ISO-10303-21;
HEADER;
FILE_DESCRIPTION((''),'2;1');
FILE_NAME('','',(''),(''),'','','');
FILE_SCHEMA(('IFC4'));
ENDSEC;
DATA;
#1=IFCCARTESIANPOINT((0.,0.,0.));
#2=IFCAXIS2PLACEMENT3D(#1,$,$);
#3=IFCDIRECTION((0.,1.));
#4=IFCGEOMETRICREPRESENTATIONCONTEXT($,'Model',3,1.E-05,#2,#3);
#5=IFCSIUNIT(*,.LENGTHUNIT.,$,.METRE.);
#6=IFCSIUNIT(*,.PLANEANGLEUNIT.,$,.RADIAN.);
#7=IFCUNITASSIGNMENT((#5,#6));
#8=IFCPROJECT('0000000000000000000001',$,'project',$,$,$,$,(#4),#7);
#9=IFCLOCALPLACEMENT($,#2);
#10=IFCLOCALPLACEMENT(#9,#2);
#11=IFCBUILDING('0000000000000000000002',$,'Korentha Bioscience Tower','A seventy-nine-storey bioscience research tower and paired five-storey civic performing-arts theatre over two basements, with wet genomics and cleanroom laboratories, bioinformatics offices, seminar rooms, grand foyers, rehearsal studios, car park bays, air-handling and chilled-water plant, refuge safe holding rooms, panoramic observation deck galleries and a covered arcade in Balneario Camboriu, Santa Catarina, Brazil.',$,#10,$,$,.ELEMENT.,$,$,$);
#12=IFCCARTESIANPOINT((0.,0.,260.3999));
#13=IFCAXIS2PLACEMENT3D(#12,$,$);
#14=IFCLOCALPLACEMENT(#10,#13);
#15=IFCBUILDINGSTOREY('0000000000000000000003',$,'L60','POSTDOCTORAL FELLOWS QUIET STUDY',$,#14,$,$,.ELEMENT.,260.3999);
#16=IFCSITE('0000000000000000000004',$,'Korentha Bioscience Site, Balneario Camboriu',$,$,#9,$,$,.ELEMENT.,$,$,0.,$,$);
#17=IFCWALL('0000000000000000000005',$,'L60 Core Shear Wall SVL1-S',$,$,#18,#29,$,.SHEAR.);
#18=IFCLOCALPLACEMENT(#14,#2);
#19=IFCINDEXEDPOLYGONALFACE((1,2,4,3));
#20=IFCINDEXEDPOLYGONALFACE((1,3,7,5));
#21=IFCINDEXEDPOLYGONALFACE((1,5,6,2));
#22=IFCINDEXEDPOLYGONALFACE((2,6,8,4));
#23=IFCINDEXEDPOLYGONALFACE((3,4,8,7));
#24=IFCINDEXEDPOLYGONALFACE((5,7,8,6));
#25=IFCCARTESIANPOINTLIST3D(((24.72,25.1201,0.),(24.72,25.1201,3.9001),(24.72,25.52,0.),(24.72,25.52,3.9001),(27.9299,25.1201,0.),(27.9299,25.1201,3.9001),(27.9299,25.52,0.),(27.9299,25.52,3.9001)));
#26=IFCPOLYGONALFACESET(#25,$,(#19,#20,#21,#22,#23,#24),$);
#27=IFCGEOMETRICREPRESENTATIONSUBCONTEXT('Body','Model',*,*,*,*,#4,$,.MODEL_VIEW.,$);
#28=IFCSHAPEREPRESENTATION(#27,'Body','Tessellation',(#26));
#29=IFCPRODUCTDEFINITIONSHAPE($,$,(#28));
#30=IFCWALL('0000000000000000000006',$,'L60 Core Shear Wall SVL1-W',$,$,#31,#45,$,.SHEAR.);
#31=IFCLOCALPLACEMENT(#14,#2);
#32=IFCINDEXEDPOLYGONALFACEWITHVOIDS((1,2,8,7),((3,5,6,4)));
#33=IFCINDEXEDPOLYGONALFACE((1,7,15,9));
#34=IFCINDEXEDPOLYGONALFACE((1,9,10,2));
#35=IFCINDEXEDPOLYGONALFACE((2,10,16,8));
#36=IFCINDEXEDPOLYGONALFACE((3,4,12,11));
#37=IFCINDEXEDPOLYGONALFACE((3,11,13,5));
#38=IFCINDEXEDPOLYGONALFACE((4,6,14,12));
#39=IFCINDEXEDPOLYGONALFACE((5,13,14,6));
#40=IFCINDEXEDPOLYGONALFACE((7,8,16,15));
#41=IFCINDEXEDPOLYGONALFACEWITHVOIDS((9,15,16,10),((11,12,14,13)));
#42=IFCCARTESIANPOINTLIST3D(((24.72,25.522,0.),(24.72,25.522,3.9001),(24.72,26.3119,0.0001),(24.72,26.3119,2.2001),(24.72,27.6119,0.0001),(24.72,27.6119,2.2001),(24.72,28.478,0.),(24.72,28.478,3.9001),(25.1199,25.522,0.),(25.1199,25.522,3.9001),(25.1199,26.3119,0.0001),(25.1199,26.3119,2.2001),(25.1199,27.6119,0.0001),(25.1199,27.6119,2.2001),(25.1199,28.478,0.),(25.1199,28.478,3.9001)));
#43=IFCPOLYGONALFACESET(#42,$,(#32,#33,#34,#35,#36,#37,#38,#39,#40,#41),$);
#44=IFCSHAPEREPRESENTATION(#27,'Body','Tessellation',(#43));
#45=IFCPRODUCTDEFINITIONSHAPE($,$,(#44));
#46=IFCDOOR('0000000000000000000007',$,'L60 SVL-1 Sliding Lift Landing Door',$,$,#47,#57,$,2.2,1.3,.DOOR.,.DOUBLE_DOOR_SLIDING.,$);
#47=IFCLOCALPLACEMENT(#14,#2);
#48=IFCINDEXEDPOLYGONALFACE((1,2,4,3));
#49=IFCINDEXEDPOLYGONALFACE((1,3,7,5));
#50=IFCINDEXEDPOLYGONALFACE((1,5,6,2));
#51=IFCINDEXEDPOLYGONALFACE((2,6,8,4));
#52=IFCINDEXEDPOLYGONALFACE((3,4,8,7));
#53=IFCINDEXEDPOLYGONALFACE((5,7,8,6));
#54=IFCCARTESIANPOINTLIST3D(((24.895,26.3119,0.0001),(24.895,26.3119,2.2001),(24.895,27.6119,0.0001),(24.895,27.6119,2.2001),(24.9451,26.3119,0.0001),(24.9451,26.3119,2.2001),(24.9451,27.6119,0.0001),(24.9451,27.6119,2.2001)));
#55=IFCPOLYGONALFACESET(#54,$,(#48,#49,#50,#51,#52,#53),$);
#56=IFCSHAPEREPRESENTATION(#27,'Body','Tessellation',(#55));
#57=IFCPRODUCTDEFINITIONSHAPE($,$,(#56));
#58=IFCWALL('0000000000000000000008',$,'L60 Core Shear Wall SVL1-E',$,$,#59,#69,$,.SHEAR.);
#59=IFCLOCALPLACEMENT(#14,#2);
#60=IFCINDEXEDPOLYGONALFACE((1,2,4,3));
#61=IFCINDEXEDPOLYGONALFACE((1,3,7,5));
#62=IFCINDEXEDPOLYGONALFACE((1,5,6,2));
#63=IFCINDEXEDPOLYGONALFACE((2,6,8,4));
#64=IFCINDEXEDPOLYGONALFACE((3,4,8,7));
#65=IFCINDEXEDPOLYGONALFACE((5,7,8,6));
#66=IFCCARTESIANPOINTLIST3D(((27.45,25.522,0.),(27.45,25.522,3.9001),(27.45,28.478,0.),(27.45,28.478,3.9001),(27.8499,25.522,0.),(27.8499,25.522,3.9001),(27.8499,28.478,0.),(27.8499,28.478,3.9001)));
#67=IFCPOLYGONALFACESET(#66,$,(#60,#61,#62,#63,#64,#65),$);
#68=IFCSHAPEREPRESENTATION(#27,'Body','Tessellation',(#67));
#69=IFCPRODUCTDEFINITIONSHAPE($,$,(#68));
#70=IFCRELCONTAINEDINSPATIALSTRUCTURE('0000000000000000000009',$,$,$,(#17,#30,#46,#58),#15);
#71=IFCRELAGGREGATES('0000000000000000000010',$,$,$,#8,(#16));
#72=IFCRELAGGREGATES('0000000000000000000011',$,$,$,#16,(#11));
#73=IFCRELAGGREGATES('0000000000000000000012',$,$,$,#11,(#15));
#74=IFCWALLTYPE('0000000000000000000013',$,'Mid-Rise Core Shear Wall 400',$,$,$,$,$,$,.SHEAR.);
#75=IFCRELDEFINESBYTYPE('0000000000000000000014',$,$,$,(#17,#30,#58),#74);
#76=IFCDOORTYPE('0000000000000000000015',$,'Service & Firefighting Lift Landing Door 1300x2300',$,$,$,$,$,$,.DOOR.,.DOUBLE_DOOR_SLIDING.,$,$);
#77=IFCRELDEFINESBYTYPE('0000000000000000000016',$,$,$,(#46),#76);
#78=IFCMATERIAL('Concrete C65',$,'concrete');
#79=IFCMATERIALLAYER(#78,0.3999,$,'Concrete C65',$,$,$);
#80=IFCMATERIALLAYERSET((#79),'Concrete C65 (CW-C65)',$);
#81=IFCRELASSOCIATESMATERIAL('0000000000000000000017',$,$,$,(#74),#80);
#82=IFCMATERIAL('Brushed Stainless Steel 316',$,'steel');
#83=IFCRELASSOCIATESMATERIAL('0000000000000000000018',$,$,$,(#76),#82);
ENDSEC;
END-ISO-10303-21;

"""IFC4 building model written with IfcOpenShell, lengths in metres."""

from ifc_helpers import new_model, si_unit, direction, frame, frame_2d, origin, place, context, subcontext, project, spatial, rectangle, extrude, material, layer, layer_set, type_object, element, fill, save


model = new_model("IFC4")

# Units and contexts
model_context = context("Model", 3, precision=1e-05, world=origin(), true_north=direction((0.0, 1.0)))
body_context = subcontext(model_context, "Body", "Model", "MODEL_VIEW")
ifc_project = project(units=[si_unit("LENGTHUNIT", "METRE"), si_unit("PLANEANGLEUNIT", "RADIAN")], contexts=[model_context])

# Site, building, storey
site_placement = place(None, origin())
site = spatial("IfcSite", under=ifc_project, at=site_placement, Name="Korentha Bioscience Site, Balneario Camboriu", CompositionType="ELEMENT", RefElevation=0.0)
building_placement = place(site_placement, origin())
building = spatial("IfcBuilding", under=site, at=building_placement, Name="Korentha Bioscience Tower", Description="A seventy-nine-storey bioscience research tower and paired five-storey civic performing-arts theatre over two basements, with wet genomics and cleanroom laboratories, bioinformatics offices, seminar rooms, grand foyers, rehearsal studios, car park bays, air-handling and chilled-water plant, refuge safe holding rooms, panoramic observation deck galleries and a covered arcade in Balneario Camboriu, Santa Catarina, Brazil.", CompositionType="ELEMENT")
storey_placement = place(building_placement, frame((0.0, 0.0, 260.3999)))
storey = spatial("IfcBuildingStorey", under=building, at=storey_placement, Name="L60", Description="POSTDOCTORAL FELLOWS QUIET STUDY", CompositionType="ELEMENT", Elevation=260.3999)

# Shared definitions
ifc_material_1 = material(Name="Concrete C65", Category="concrete")

# Shared definitions
ifc_layer_1 = layer(ifc_material_1, 0.3999, Name="Concrete C65")
ifc_layer_set_1 = layer_set([ifc_layer_1], Name="Concrete C65 (CW-C65)")
wall_type_1 = type_object("IfcWallType", Name="Mid-Rise Core Shear Wall 400", PredefinedType="SHEAR", material=ifc_layer_set_1)

# Shared definitions
ifc_material_2 = material(Name="Brushed Stainless Steel 316", Category="steel")
door_type_1 = type_object("IfcDoorType", Name="Service & Firefighting Lift Landing Door 1300x2300", OperationType="DOUBLE_DOOR_SLIDING", PredefinedType="DOOR", material=ifc_material_2)

# Wall
wall_1_placement = place(storey_placement, frame((24.72, 25.3201, 0.0), z_axis=(0.0, 0.0, 1.0), x_axis=(1.0, 0.0, 0.0)))
element("IfcWall", 1, at=wall_1_placement, inside=storey, type_object=wall_type_1, Name="L60 Core Shear Wall SVL1-S", PredefinedType="SHEAR", context=body_context, shape_type="SweptSolid", body=[
    extrude(rectangle(XDim=3.21, YDim=0.3999, at=frame_2d((1.605, 0.0))), origin(), (0.0, 0.0, 1.0), 3.9001),
])

# Wall, opening, door
wall_2_placement = place(storey_placement, frame((24.9199, 25.522, 0.0), z_axis=(0.0, 0.0, 1.0), x_axis=(0.0, 1.0, 0.0)))
wall_2 = element("IfcWall", 2, at=wall_2_placement, inside=storey, type_object=wall_type_1, Name="L60 Core Shear Wall SVL1-W", PredefinedType="SHEAR", context=body_context, shape_type="SweptSolid", body=[
    extrude(rectangle(XDim=2.9561, YDim=0.3999, at=frame_2d((1.478, 0.0))), origin(), (0.0, 0.0, 1.0), 3.9001),
])
opening_1_placement = place(wall_2_placement, frame((0.79, 0.0, 0.0)))
opening_1 = element("IfcOpeningElement", 3, at=opening_1_placement, cuts=wall_2, PredefinedType="OPENING", context=body_context, shape_type="SweptSolid", body=[
    extrude(rectangle(XDim=1.3, YDim=2.2, at=frame_2d((0.6499, 1.1001))), frame((0.0, 0.2148, 0.0), z_axis=(0.0, -1.0, 0.0), x_axis=(1.0, 0.0, 0.0)), (0.0, 0.0, 1.0), 0.4297),
])
door_1_placement = place(opening_1_placement, origin())
door_1 = element("IfcDoor", 4, at=door_1_placement, inside=storey, type_object=door_type_1, Name="L60 SVL-1 Sliding Lift Landing Door", OperationType="DOUBLE_DOOR_SLIDING", OverallHeight=2.2, OverallWidth=1.3, PredefinedType="DOOR", context=body_context, shape_type="SweptSolid", body=[
    extrude(rectangle(XDim=1.3, YDim=2.2, at=frame_2d((0.6499, 1.1001))), frame((0.0, 0.0249, 0.0), z_axis=(0.0, -1.0, 0.0), x_axis=(1.0, 0.0, 0.0)), (0.0, 0.0, 1.0), 0.05),
])
fill(opening_1, door_1)

# Wall
wall_3_placement = place(storey_placement, frame((27.6499, 25.522, 0.0), z_axis=(0.0, 0.0, 1.0), x_axis=(0.0, 1.0, 0.0)))
element("IfcWall", 5, at=wall_3_placement, inside=storey, type_object=wall_type_1, Name="L60 Core Shear Wall SVL1-E", PredefinedType="SHEAR", context=body_context, shape_type="SweptSolid", body=[
    extrude(rectangle(XDim=2.9561, YDim=0.3999, at=frame_2d((1.478, 0.0))), origin(), (0.0, 0.0, 1.0), 3.9001),
])

save(model, "model.ifc")
